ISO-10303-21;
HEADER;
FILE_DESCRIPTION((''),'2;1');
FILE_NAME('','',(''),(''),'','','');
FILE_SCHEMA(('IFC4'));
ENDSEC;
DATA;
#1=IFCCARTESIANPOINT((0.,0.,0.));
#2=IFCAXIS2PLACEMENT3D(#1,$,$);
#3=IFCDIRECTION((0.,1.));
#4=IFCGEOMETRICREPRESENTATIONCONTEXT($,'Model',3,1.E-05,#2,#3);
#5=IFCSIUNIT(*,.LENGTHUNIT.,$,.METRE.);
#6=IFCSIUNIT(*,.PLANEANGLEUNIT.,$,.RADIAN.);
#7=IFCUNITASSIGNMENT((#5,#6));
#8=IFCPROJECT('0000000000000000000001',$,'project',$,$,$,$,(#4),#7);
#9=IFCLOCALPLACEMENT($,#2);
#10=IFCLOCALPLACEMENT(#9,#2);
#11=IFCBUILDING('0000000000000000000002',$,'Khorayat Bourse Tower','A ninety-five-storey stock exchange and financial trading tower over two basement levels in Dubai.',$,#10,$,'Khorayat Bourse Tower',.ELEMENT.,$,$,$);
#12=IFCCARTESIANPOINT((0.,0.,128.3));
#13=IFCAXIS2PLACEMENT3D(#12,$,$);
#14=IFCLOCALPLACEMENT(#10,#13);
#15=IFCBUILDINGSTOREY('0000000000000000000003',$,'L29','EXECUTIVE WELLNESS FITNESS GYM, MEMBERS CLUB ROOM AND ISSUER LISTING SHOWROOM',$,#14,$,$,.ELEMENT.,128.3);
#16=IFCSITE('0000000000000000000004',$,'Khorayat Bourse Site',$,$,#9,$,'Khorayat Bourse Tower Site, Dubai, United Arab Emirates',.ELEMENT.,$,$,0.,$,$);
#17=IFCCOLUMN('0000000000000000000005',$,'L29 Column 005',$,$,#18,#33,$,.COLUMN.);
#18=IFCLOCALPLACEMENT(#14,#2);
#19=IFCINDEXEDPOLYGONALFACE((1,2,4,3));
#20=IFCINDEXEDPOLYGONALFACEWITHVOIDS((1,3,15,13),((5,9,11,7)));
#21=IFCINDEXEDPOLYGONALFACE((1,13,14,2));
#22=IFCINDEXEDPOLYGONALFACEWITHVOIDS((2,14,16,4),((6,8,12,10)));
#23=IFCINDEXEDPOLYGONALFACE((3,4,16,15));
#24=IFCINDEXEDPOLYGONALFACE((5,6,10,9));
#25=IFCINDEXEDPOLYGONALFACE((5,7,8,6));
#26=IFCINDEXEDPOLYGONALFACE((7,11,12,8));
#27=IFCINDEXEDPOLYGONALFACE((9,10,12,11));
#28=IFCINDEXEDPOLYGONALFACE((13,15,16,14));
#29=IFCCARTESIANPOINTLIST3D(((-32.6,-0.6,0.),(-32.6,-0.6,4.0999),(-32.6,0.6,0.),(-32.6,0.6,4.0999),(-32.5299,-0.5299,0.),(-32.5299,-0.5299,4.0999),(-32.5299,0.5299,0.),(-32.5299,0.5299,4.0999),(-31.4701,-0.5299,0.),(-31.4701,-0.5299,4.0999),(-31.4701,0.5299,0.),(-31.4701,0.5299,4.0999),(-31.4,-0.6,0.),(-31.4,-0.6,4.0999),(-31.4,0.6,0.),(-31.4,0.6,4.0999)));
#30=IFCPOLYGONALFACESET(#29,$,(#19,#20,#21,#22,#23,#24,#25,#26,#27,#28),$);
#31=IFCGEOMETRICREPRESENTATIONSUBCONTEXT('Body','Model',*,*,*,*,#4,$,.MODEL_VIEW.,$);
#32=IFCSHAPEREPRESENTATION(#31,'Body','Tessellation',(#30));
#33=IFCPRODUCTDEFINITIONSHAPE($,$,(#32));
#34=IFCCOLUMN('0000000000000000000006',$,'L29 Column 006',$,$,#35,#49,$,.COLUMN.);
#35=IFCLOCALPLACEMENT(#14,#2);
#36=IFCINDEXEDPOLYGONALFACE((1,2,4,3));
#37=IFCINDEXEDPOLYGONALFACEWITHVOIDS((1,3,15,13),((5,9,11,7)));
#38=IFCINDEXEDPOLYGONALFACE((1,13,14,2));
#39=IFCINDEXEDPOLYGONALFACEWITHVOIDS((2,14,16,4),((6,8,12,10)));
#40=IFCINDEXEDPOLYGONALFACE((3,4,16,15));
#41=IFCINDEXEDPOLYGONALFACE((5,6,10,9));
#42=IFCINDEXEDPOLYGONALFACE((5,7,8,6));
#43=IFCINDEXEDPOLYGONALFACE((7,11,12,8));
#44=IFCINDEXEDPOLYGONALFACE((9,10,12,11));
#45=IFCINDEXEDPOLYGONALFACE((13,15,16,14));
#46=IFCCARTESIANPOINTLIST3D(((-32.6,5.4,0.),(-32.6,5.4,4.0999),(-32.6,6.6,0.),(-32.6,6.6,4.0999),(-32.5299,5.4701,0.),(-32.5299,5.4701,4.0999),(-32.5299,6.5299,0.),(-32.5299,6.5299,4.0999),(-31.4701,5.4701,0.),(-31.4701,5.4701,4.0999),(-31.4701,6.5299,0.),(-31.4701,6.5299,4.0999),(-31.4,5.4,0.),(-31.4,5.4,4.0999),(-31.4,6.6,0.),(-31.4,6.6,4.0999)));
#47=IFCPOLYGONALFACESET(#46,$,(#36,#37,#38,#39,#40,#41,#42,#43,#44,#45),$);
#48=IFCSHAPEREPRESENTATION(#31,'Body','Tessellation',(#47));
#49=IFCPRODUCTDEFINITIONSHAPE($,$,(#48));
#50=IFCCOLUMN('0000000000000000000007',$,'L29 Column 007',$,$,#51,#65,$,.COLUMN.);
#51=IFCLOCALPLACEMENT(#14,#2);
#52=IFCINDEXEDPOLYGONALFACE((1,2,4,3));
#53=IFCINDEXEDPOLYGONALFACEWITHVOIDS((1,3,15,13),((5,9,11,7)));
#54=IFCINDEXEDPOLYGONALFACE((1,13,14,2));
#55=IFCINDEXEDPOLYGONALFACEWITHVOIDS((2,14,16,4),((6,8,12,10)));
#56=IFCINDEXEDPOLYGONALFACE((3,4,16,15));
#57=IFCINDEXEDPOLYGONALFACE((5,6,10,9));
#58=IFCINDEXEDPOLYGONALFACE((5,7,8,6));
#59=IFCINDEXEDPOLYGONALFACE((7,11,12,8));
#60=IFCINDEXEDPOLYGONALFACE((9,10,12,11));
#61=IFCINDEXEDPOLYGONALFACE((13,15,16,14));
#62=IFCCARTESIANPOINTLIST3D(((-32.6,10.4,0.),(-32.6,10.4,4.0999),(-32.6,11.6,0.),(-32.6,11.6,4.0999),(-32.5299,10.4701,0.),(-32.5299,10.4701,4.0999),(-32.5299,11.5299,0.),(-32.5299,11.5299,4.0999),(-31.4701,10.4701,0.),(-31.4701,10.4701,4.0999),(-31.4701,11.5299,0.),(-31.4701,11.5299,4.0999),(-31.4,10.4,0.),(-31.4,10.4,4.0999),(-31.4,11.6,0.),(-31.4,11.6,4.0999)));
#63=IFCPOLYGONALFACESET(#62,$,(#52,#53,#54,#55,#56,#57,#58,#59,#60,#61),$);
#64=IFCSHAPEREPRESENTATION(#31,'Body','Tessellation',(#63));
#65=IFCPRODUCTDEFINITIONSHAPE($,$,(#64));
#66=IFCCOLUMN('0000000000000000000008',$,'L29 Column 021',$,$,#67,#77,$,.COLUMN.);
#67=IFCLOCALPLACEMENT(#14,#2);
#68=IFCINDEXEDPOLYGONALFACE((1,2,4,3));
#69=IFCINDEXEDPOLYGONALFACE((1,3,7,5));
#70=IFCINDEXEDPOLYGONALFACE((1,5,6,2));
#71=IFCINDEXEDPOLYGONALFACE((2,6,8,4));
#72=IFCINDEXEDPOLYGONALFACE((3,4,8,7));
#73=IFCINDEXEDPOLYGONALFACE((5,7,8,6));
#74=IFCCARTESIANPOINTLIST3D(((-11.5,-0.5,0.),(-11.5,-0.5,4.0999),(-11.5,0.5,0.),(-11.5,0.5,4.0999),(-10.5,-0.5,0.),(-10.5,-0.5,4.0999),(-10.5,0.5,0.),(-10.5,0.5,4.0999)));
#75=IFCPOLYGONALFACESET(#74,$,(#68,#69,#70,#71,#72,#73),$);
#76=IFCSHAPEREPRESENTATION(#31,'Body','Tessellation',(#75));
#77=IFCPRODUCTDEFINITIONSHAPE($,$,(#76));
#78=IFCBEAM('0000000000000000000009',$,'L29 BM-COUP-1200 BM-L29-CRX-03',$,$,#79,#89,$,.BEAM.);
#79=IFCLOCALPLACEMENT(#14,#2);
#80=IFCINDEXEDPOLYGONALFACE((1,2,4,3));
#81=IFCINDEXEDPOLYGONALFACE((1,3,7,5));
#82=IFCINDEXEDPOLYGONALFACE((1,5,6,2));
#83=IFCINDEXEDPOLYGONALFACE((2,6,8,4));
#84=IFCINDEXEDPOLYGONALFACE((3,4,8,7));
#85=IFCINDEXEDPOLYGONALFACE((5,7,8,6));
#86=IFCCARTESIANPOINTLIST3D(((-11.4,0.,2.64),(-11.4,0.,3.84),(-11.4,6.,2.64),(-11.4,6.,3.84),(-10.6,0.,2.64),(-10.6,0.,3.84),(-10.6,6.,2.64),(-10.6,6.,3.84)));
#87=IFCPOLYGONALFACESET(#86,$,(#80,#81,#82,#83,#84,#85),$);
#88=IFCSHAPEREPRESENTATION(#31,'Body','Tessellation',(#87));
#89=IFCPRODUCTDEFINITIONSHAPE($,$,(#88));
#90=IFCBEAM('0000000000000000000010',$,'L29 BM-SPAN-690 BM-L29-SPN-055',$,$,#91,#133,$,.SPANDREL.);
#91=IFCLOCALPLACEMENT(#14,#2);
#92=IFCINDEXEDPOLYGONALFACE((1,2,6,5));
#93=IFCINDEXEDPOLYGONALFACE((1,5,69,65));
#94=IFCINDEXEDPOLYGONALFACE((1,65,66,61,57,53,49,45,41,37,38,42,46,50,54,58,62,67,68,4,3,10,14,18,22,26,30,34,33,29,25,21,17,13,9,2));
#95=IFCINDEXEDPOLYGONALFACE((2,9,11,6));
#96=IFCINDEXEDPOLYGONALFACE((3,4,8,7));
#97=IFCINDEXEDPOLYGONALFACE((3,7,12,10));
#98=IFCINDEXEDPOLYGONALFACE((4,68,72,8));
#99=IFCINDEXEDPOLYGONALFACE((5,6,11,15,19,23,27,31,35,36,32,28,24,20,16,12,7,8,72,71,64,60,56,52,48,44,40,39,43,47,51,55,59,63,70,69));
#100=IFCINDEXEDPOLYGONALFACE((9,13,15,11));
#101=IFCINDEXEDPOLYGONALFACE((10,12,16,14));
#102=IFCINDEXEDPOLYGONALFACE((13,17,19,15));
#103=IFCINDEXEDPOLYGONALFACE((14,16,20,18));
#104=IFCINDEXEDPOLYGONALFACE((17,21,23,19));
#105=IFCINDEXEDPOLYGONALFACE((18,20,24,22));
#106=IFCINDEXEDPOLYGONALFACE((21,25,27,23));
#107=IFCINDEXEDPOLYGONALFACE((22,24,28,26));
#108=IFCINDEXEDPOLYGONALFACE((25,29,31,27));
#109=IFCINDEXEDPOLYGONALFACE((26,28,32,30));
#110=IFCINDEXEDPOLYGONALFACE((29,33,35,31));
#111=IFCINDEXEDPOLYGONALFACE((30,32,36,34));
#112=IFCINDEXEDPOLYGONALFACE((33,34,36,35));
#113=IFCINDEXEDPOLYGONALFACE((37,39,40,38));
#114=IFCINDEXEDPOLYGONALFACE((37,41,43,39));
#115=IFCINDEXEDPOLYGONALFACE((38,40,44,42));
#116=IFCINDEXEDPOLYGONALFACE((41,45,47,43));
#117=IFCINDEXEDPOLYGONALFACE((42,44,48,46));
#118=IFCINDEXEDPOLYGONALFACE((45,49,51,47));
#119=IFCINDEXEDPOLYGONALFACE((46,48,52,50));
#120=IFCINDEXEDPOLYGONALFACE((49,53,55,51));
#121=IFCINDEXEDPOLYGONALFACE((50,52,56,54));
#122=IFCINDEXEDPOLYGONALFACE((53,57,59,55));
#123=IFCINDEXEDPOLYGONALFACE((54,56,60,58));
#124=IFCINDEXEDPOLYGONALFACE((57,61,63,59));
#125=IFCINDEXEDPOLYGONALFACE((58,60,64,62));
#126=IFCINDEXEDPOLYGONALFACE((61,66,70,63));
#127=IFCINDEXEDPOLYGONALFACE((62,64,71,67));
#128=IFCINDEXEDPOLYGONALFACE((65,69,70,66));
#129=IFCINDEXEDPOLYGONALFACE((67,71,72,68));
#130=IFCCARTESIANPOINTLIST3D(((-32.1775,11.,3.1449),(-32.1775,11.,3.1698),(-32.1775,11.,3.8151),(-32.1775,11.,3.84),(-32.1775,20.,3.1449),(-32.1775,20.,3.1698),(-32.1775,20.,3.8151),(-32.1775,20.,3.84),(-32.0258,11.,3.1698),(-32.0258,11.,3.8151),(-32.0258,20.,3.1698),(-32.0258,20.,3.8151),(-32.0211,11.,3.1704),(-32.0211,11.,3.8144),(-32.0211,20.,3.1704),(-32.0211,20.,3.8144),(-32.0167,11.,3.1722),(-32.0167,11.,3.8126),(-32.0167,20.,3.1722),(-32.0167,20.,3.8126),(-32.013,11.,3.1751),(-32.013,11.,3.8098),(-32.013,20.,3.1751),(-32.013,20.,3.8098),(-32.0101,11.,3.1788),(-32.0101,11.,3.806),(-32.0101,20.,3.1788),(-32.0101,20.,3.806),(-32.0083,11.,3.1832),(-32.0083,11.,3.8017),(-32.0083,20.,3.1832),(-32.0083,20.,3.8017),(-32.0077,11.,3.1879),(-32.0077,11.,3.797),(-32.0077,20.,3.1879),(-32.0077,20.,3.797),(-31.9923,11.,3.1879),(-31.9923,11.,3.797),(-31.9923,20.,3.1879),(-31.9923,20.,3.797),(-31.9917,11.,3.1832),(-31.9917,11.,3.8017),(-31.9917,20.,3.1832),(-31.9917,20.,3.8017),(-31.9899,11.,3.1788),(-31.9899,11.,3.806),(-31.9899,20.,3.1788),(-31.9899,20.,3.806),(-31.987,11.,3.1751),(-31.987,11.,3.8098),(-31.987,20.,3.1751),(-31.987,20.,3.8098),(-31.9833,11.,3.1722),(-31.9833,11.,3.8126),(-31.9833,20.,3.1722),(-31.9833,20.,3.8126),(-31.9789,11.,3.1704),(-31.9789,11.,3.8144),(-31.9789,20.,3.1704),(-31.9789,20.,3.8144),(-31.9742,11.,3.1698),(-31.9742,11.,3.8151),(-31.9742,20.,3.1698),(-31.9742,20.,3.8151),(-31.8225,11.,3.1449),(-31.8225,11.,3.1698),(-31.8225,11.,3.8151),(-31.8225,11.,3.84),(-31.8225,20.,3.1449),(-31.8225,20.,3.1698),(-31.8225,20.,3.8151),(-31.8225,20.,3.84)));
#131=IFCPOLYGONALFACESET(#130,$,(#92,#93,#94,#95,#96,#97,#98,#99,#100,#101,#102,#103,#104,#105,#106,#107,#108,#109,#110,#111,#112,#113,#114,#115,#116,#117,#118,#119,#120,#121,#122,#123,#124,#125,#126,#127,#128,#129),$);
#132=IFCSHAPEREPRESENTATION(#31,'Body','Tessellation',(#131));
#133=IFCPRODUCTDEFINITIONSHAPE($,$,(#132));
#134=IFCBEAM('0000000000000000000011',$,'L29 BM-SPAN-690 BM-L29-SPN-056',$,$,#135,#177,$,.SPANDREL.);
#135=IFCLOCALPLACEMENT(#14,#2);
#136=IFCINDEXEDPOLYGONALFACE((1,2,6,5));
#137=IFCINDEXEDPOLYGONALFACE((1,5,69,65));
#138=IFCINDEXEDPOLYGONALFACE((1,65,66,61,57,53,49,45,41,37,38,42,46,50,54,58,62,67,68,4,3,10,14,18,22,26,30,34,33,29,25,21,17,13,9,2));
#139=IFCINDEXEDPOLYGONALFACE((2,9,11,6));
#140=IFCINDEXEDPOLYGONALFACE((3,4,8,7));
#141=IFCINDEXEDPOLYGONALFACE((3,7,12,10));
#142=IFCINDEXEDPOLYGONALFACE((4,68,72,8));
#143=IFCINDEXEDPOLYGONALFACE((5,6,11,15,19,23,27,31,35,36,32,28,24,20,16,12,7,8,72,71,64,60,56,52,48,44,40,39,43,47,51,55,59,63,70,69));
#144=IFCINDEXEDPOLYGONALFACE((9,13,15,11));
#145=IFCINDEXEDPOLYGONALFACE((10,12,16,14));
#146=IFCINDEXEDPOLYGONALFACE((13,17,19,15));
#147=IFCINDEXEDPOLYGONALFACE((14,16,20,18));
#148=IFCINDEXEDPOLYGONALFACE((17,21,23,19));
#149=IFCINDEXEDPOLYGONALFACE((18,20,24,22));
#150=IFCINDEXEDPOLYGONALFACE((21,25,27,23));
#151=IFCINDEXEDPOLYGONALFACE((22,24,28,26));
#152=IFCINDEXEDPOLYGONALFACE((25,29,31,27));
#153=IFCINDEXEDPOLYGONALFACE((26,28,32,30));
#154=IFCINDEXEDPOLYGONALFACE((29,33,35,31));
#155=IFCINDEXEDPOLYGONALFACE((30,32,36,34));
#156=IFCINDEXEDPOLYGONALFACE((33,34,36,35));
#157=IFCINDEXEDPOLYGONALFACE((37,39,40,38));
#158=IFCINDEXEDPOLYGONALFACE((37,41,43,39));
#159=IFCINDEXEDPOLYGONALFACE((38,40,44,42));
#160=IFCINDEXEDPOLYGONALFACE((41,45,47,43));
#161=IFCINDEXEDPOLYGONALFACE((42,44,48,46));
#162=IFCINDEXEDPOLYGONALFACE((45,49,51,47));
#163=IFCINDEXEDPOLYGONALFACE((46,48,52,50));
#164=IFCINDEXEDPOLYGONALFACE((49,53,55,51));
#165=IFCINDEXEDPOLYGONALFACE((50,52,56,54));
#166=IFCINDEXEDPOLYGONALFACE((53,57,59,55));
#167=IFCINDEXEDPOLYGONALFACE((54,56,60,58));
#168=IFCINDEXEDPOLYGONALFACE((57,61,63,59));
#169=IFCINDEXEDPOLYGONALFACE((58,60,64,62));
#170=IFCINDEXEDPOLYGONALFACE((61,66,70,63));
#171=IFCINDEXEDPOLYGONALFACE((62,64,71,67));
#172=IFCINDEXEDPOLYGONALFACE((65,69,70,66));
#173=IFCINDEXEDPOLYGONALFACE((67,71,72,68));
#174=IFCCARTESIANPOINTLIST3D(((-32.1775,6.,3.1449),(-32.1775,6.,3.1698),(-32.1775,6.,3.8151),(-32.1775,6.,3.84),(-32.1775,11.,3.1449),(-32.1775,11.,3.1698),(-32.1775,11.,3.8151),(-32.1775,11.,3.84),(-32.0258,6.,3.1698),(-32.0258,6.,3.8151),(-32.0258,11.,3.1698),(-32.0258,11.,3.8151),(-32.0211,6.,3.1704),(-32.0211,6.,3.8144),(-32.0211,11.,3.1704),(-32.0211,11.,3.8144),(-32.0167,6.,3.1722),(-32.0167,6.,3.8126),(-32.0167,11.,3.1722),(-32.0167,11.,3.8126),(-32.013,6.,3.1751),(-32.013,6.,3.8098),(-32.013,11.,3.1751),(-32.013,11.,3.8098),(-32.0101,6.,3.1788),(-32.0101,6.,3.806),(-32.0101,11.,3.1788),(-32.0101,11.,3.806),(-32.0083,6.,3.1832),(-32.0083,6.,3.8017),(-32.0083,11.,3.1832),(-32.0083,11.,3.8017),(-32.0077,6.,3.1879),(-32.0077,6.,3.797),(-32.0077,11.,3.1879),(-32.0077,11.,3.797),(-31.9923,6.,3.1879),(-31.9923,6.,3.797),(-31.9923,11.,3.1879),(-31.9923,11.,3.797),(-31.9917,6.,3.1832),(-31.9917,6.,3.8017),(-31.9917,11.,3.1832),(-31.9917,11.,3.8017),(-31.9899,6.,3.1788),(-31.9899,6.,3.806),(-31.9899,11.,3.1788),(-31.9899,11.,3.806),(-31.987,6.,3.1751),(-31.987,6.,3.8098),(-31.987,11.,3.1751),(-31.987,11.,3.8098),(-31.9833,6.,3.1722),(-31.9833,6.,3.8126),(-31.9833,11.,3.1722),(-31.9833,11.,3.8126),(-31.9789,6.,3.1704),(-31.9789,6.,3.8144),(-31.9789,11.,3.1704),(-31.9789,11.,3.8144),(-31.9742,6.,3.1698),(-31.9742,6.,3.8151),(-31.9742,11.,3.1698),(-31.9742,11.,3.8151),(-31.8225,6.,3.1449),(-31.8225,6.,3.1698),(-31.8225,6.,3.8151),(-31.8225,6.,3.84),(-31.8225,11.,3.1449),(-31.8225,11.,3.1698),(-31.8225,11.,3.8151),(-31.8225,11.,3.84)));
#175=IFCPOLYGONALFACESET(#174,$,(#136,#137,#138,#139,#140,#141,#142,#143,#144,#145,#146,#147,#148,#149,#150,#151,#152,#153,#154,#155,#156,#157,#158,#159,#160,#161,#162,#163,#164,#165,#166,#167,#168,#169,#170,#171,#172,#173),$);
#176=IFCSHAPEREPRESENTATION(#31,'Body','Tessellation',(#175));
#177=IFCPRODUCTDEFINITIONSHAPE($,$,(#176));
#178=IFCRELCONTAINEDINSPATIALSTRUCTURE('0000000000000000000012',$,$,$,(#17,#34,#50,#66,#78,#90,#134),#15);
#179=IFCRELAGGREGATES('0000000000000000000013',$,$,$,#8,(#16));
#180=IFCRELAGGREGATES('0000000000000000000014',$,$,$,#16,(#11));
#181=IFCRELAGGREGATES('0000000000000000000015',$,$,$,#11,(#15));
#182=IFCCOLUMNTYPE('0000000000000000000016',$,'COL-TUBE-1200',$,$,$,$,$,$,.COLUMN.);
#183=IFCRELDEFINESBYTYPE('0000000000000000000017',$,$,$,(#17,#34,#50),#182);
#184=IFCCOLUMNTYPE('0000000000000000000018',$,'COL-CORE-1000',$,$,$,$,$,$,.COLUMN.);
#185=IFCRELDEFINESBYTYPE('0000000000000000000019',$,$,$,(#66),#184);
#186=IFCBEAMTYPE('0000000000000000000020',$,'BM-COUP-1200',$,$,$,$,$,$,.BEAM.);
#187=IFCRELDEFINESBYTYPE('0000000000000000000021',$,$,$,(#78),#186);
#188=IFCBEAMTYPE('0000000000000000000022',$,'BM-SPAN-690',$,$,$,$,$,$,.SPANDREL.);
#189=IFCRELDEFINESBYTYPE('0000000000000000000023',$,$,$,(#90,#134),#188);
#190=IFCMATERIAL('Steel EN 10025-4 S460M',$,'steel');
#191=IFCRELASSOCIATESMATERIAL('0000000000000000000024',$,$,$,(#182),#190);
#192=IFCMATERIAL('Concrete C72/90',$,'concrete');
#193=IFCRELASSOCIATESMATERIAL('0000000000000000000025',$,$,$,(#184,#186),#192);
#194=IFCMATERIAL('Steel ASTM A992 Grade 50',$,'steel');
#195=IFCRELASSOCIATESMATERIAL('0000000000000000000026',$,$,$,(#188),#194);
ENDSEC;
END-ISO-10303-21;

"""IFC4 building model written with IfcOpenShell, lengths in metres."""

from ifc_helpers import new_model, si_unit, direction, frame, origin, origin_2d, place, context, subcontext, project, spatial, rectangle, hollow_rectangle, i_section, extrude, source, transform, mapped, material, material_profile, profile_set, type_object, element, save


model = new_model("IFC4")

# Units and contexts
model_context = context("Model", 3, precision=1e-05, world=origin(), true_north=direction((0.0, 1.0)))
body_context = subcontext(model_context, "Body", "Model", "MODEL_VIEW")
ifc_project = project(units=[si_unit("LENGTHUNIT", "METRE"), si_unit("PLANEANGLEUNIT", "RADIAN")], contexts=[model_context])

# Site, building, storey
site_placement = place(None, origin())
site = spatial("IfcSite", under=ifc_project, at=site_placement, Name="Khorayat Bourse Site", LongName="Khorayat Bourse Tower Site, Dubai, United Arab Emirates", CompositionType="ELEMENT", RefElevation=0.0)
building_placement = place(site_placement, origin())
building = spatial("IfcBuilding", under=site, at=building_placement, Name="Khorayat Bourse Tower", Description="A ninety-five-storey stock exchange and financial trading tower over two basement levels in Dubai.", LongName="Khorayat Bourse Tower", CompositionType="ELEMENT")
storey_placement = place(building_placement, frame((0.0, 0.0, 128.3)))
storey = spatial("IfcBuildingStorey", under=building, at=storey_placement, Name="L29", Description="EXECUTIVE WELLNESS FITNESS GYM, MEMBERS CLUB ROOM AND ISSUER LISTING SHOWROOM", CompositionType="ELEMENT", Elevation=128.3)

# Columns
ifc_material_1 = material(Name="Steel EN 10025-4 S460M", Category="steel")
ifc_material_profile_1 = material_profile(ifc_material_1, hollow_rectangle(XDim=1.2, YDim=1.2, WallThickness=0.0701, at=origin_2d()), Name="BOX 1200x1200x70")
ifc_profile_set_1 = profile_set([ifc_material_profile_1], Name="Steel EN 10025-4 S460M")
column_type_1 = type_object("IfcColumnType", Name="COL-TUBE-1200", PredefinedType="COLUMN", material=ifc_profile_set_1)
shared_shape_1 = source(origin(), body_context, "Body", "SweptSolid", [
    extrude(hollow_rectangle(XDim=1.2, YDim=1.2, WallThickness=0.0701, at=origin_2d()), origin(), (0.0, 0.0, 1.0), 4.0999),
])
for number, where, z_axis, x_axis, name in (
    (1, (-32.0, 0.0, 0.0), (0.0, 0.0, 1.0), (1.0, 0.0, 0.0), "L29 Column 005"),
    (2, (-32.0, 6.0, 0.0), (0.0, 0.0, 1.0), (1.0, 0.0, 0.0), "L29 Column 006"),
    (3, (-32.0, 11.0, 0.0), (0.0, 0.0, 1.0), (1.0, 0.0, 0.0), "L29 Column 007"),
):
    element("IfcColumn", number, at=place(storey_placement, frame(where, z_axis=z_axis, x_axis=x_axis)), inside=storey, type_object=column_type_1, Name=name, PredefinedType="COLUMN", context=body_context, shape_type="MappedRepresentation", body=[
        mapped(shared_shape_1, transform((0.0, 0.0, 0.0), scale=1.0)),
    ])
ifc_material_2 = material(Name="Concrete C72/90", Category="concrete")
ifc_material_profile_2 = material_profile(ifc_material_2, rectangle(XDim=1.0, YDim=1.0, at=origin_2d()), Name="RC 1000x1000")
ifc_profile_set_2 = profile_set([ifc_material_profile_2], Name="Concrete C72/90")
column_type_2 = type_object("IfcColumnType", Name="COL-CORE-1000", PredefinedType="COLUMN", material=ifc_profile_set_2)
shared_shape_2 = source(origin(), body_context, "Body", "SweptSolid", [
    extrude(rectangle(XDim=1.0, YDim=1.0, at=origin_2d()), origin(), (0.0, 0.0, 1.0), 4.0999),
])
column_placement = place(storey_placement, frame((-11.0, 0.0, 0.0), z_axis=(0.0, 0.0, 1.0), x_axis=(1.0, 0.0, 0.0)))
element("IfcColumn", 4, at=column_placement, inside=storey, type_object=column_type_2, Name="L29 Column 021", PredefinedType="COLUMN", context=body_context, shape_type="MappedRepresentation", body=[
    mapped(shared_shape_2, transform((0.0, 0.0, 0.0), scale=1.0)),
])

# Beams
ifc_material_profile_3 = material_profile(ifc_material_2, rectangle(XDim=0.8, YDim=1.2, at=origin_2d()), Name="RC 800x1200")
ifc_profile_set_3 = profile_set([ifc_material_profile_3], Name="Concrete C72/90")
beam_type_1 = type_object("IfcBeamType", Name="BM-COUP-1200", PredefinedType="BEAM", material=ifc_profile_set_3)
shared_shape_3 = source(origin(), body_context, "Body", "SweptSolid", [
    extrude(rectangle(XDim=0.8, YDim=1.2, at=origin_2d()), origin(), (0.0, 0.0, 1.0), 6.0),
])
beam_1_placement = place(storey_placement, frame((-11.0, 0.0, 3.24), z_axis=(0.0, 1.0, 0.0), x_axis=(-1.0, 0.0, 0.0)))
element("IfcBeam", 5, at=beam_1_placement, inside=storey, type_object=beam_type_1, Name="L29 BM-COUP-1200 BM-L29-CRX-03", PredefinedType="BEAM", context=body_context, shape_type="MappedRepresentation", body=[
    mapped(shared_shape_3, transform((0.0, 0.0, 0.0), scale=1.0)),
])
ifc_material_3 = material(Name="Steel ASTM A992 Grade 50", Category="steel")
ifc_material_profile_4 = material_profile(ifc_material_3, i_section(OverallWidth=0.355, OverallDepth=0.6951, WebThickness=0.0154, FlangeThickness=0.0249, FilletRadius=0.0181, at=origin_2d()), Name="W690X217")
ifc_profile_set_4 = profile_set([ifc_material_profile_4], Name="Steel ASTM A992 Grade 50")
beam_type_2 = type_object("IfcBeamType", Name="BM-SPAN-690", PredefinedType="SPANDREL", material=ifc_profile_set_4)
shared_shape_4 = source(origin(), body_context, "Body", "SweptSolid", [
    extrude(i_section(OverallWidth=0.355, OverallDepth=0.6951, WebThickness=0.0154, FlangeThickness=0.0249, FilletRadius=0.0181, at=origin_2d()), origin(), (0.0, 0.0, 1.0), 9.0),
])
beam_2_placement = place(storey_placement, frame((-32.0, 11.0, 3.4924), z_axis=(0.0, 1.0, 0.0), x_axis=(-1.0, 0.0, 0.0)))
element("IfcBeam", 6, at=beam_2_placement, inside=storey, type_object=beam_type_2, Name="L29 BM-SPAN-690 BM-L29-SPN-055", PredefinedType="SPANDREL", context=body_context, shape_type="MappedRepresentation", body=[
    mapped(shared_shape_4, transform((0.0, 0.0, 0.0), scale=1.0)),
])
shared_shape_5 = source(origin(), body_context, "Body", "SweptSolid", [
    extrude(i_section(OverallWidth=0.355, OverallDepth=0.6951, WebThickness=0.0154, FlangeThickness=0.0249, FilletRadius=0.0181, at=origin_2d()), origin(), (0.0, 0.0, 1.0), 5.0),
])
beam_3_placement = place(storey_placement, frame((-32.0, 6.0, 3.4924), z_axis=(0.0, 1.0, 0.0), x_axis=(-1.0, 0.0, 0.0)))
element("IfcBeam", 7, at=beam_3_placement, inside=storey, type_object=beam_type_2, Name="L29 BM-SPAN-690 BM-L29-SPN-056", PredefinedType="SPANDREL", context=body_context, shape_type="MappedRepresentation", body=[
    mapped(shared_shape_5, transform((0.0, 0.0, 0.0), scale=1.0)),
])

save(model, "model.ifc")
